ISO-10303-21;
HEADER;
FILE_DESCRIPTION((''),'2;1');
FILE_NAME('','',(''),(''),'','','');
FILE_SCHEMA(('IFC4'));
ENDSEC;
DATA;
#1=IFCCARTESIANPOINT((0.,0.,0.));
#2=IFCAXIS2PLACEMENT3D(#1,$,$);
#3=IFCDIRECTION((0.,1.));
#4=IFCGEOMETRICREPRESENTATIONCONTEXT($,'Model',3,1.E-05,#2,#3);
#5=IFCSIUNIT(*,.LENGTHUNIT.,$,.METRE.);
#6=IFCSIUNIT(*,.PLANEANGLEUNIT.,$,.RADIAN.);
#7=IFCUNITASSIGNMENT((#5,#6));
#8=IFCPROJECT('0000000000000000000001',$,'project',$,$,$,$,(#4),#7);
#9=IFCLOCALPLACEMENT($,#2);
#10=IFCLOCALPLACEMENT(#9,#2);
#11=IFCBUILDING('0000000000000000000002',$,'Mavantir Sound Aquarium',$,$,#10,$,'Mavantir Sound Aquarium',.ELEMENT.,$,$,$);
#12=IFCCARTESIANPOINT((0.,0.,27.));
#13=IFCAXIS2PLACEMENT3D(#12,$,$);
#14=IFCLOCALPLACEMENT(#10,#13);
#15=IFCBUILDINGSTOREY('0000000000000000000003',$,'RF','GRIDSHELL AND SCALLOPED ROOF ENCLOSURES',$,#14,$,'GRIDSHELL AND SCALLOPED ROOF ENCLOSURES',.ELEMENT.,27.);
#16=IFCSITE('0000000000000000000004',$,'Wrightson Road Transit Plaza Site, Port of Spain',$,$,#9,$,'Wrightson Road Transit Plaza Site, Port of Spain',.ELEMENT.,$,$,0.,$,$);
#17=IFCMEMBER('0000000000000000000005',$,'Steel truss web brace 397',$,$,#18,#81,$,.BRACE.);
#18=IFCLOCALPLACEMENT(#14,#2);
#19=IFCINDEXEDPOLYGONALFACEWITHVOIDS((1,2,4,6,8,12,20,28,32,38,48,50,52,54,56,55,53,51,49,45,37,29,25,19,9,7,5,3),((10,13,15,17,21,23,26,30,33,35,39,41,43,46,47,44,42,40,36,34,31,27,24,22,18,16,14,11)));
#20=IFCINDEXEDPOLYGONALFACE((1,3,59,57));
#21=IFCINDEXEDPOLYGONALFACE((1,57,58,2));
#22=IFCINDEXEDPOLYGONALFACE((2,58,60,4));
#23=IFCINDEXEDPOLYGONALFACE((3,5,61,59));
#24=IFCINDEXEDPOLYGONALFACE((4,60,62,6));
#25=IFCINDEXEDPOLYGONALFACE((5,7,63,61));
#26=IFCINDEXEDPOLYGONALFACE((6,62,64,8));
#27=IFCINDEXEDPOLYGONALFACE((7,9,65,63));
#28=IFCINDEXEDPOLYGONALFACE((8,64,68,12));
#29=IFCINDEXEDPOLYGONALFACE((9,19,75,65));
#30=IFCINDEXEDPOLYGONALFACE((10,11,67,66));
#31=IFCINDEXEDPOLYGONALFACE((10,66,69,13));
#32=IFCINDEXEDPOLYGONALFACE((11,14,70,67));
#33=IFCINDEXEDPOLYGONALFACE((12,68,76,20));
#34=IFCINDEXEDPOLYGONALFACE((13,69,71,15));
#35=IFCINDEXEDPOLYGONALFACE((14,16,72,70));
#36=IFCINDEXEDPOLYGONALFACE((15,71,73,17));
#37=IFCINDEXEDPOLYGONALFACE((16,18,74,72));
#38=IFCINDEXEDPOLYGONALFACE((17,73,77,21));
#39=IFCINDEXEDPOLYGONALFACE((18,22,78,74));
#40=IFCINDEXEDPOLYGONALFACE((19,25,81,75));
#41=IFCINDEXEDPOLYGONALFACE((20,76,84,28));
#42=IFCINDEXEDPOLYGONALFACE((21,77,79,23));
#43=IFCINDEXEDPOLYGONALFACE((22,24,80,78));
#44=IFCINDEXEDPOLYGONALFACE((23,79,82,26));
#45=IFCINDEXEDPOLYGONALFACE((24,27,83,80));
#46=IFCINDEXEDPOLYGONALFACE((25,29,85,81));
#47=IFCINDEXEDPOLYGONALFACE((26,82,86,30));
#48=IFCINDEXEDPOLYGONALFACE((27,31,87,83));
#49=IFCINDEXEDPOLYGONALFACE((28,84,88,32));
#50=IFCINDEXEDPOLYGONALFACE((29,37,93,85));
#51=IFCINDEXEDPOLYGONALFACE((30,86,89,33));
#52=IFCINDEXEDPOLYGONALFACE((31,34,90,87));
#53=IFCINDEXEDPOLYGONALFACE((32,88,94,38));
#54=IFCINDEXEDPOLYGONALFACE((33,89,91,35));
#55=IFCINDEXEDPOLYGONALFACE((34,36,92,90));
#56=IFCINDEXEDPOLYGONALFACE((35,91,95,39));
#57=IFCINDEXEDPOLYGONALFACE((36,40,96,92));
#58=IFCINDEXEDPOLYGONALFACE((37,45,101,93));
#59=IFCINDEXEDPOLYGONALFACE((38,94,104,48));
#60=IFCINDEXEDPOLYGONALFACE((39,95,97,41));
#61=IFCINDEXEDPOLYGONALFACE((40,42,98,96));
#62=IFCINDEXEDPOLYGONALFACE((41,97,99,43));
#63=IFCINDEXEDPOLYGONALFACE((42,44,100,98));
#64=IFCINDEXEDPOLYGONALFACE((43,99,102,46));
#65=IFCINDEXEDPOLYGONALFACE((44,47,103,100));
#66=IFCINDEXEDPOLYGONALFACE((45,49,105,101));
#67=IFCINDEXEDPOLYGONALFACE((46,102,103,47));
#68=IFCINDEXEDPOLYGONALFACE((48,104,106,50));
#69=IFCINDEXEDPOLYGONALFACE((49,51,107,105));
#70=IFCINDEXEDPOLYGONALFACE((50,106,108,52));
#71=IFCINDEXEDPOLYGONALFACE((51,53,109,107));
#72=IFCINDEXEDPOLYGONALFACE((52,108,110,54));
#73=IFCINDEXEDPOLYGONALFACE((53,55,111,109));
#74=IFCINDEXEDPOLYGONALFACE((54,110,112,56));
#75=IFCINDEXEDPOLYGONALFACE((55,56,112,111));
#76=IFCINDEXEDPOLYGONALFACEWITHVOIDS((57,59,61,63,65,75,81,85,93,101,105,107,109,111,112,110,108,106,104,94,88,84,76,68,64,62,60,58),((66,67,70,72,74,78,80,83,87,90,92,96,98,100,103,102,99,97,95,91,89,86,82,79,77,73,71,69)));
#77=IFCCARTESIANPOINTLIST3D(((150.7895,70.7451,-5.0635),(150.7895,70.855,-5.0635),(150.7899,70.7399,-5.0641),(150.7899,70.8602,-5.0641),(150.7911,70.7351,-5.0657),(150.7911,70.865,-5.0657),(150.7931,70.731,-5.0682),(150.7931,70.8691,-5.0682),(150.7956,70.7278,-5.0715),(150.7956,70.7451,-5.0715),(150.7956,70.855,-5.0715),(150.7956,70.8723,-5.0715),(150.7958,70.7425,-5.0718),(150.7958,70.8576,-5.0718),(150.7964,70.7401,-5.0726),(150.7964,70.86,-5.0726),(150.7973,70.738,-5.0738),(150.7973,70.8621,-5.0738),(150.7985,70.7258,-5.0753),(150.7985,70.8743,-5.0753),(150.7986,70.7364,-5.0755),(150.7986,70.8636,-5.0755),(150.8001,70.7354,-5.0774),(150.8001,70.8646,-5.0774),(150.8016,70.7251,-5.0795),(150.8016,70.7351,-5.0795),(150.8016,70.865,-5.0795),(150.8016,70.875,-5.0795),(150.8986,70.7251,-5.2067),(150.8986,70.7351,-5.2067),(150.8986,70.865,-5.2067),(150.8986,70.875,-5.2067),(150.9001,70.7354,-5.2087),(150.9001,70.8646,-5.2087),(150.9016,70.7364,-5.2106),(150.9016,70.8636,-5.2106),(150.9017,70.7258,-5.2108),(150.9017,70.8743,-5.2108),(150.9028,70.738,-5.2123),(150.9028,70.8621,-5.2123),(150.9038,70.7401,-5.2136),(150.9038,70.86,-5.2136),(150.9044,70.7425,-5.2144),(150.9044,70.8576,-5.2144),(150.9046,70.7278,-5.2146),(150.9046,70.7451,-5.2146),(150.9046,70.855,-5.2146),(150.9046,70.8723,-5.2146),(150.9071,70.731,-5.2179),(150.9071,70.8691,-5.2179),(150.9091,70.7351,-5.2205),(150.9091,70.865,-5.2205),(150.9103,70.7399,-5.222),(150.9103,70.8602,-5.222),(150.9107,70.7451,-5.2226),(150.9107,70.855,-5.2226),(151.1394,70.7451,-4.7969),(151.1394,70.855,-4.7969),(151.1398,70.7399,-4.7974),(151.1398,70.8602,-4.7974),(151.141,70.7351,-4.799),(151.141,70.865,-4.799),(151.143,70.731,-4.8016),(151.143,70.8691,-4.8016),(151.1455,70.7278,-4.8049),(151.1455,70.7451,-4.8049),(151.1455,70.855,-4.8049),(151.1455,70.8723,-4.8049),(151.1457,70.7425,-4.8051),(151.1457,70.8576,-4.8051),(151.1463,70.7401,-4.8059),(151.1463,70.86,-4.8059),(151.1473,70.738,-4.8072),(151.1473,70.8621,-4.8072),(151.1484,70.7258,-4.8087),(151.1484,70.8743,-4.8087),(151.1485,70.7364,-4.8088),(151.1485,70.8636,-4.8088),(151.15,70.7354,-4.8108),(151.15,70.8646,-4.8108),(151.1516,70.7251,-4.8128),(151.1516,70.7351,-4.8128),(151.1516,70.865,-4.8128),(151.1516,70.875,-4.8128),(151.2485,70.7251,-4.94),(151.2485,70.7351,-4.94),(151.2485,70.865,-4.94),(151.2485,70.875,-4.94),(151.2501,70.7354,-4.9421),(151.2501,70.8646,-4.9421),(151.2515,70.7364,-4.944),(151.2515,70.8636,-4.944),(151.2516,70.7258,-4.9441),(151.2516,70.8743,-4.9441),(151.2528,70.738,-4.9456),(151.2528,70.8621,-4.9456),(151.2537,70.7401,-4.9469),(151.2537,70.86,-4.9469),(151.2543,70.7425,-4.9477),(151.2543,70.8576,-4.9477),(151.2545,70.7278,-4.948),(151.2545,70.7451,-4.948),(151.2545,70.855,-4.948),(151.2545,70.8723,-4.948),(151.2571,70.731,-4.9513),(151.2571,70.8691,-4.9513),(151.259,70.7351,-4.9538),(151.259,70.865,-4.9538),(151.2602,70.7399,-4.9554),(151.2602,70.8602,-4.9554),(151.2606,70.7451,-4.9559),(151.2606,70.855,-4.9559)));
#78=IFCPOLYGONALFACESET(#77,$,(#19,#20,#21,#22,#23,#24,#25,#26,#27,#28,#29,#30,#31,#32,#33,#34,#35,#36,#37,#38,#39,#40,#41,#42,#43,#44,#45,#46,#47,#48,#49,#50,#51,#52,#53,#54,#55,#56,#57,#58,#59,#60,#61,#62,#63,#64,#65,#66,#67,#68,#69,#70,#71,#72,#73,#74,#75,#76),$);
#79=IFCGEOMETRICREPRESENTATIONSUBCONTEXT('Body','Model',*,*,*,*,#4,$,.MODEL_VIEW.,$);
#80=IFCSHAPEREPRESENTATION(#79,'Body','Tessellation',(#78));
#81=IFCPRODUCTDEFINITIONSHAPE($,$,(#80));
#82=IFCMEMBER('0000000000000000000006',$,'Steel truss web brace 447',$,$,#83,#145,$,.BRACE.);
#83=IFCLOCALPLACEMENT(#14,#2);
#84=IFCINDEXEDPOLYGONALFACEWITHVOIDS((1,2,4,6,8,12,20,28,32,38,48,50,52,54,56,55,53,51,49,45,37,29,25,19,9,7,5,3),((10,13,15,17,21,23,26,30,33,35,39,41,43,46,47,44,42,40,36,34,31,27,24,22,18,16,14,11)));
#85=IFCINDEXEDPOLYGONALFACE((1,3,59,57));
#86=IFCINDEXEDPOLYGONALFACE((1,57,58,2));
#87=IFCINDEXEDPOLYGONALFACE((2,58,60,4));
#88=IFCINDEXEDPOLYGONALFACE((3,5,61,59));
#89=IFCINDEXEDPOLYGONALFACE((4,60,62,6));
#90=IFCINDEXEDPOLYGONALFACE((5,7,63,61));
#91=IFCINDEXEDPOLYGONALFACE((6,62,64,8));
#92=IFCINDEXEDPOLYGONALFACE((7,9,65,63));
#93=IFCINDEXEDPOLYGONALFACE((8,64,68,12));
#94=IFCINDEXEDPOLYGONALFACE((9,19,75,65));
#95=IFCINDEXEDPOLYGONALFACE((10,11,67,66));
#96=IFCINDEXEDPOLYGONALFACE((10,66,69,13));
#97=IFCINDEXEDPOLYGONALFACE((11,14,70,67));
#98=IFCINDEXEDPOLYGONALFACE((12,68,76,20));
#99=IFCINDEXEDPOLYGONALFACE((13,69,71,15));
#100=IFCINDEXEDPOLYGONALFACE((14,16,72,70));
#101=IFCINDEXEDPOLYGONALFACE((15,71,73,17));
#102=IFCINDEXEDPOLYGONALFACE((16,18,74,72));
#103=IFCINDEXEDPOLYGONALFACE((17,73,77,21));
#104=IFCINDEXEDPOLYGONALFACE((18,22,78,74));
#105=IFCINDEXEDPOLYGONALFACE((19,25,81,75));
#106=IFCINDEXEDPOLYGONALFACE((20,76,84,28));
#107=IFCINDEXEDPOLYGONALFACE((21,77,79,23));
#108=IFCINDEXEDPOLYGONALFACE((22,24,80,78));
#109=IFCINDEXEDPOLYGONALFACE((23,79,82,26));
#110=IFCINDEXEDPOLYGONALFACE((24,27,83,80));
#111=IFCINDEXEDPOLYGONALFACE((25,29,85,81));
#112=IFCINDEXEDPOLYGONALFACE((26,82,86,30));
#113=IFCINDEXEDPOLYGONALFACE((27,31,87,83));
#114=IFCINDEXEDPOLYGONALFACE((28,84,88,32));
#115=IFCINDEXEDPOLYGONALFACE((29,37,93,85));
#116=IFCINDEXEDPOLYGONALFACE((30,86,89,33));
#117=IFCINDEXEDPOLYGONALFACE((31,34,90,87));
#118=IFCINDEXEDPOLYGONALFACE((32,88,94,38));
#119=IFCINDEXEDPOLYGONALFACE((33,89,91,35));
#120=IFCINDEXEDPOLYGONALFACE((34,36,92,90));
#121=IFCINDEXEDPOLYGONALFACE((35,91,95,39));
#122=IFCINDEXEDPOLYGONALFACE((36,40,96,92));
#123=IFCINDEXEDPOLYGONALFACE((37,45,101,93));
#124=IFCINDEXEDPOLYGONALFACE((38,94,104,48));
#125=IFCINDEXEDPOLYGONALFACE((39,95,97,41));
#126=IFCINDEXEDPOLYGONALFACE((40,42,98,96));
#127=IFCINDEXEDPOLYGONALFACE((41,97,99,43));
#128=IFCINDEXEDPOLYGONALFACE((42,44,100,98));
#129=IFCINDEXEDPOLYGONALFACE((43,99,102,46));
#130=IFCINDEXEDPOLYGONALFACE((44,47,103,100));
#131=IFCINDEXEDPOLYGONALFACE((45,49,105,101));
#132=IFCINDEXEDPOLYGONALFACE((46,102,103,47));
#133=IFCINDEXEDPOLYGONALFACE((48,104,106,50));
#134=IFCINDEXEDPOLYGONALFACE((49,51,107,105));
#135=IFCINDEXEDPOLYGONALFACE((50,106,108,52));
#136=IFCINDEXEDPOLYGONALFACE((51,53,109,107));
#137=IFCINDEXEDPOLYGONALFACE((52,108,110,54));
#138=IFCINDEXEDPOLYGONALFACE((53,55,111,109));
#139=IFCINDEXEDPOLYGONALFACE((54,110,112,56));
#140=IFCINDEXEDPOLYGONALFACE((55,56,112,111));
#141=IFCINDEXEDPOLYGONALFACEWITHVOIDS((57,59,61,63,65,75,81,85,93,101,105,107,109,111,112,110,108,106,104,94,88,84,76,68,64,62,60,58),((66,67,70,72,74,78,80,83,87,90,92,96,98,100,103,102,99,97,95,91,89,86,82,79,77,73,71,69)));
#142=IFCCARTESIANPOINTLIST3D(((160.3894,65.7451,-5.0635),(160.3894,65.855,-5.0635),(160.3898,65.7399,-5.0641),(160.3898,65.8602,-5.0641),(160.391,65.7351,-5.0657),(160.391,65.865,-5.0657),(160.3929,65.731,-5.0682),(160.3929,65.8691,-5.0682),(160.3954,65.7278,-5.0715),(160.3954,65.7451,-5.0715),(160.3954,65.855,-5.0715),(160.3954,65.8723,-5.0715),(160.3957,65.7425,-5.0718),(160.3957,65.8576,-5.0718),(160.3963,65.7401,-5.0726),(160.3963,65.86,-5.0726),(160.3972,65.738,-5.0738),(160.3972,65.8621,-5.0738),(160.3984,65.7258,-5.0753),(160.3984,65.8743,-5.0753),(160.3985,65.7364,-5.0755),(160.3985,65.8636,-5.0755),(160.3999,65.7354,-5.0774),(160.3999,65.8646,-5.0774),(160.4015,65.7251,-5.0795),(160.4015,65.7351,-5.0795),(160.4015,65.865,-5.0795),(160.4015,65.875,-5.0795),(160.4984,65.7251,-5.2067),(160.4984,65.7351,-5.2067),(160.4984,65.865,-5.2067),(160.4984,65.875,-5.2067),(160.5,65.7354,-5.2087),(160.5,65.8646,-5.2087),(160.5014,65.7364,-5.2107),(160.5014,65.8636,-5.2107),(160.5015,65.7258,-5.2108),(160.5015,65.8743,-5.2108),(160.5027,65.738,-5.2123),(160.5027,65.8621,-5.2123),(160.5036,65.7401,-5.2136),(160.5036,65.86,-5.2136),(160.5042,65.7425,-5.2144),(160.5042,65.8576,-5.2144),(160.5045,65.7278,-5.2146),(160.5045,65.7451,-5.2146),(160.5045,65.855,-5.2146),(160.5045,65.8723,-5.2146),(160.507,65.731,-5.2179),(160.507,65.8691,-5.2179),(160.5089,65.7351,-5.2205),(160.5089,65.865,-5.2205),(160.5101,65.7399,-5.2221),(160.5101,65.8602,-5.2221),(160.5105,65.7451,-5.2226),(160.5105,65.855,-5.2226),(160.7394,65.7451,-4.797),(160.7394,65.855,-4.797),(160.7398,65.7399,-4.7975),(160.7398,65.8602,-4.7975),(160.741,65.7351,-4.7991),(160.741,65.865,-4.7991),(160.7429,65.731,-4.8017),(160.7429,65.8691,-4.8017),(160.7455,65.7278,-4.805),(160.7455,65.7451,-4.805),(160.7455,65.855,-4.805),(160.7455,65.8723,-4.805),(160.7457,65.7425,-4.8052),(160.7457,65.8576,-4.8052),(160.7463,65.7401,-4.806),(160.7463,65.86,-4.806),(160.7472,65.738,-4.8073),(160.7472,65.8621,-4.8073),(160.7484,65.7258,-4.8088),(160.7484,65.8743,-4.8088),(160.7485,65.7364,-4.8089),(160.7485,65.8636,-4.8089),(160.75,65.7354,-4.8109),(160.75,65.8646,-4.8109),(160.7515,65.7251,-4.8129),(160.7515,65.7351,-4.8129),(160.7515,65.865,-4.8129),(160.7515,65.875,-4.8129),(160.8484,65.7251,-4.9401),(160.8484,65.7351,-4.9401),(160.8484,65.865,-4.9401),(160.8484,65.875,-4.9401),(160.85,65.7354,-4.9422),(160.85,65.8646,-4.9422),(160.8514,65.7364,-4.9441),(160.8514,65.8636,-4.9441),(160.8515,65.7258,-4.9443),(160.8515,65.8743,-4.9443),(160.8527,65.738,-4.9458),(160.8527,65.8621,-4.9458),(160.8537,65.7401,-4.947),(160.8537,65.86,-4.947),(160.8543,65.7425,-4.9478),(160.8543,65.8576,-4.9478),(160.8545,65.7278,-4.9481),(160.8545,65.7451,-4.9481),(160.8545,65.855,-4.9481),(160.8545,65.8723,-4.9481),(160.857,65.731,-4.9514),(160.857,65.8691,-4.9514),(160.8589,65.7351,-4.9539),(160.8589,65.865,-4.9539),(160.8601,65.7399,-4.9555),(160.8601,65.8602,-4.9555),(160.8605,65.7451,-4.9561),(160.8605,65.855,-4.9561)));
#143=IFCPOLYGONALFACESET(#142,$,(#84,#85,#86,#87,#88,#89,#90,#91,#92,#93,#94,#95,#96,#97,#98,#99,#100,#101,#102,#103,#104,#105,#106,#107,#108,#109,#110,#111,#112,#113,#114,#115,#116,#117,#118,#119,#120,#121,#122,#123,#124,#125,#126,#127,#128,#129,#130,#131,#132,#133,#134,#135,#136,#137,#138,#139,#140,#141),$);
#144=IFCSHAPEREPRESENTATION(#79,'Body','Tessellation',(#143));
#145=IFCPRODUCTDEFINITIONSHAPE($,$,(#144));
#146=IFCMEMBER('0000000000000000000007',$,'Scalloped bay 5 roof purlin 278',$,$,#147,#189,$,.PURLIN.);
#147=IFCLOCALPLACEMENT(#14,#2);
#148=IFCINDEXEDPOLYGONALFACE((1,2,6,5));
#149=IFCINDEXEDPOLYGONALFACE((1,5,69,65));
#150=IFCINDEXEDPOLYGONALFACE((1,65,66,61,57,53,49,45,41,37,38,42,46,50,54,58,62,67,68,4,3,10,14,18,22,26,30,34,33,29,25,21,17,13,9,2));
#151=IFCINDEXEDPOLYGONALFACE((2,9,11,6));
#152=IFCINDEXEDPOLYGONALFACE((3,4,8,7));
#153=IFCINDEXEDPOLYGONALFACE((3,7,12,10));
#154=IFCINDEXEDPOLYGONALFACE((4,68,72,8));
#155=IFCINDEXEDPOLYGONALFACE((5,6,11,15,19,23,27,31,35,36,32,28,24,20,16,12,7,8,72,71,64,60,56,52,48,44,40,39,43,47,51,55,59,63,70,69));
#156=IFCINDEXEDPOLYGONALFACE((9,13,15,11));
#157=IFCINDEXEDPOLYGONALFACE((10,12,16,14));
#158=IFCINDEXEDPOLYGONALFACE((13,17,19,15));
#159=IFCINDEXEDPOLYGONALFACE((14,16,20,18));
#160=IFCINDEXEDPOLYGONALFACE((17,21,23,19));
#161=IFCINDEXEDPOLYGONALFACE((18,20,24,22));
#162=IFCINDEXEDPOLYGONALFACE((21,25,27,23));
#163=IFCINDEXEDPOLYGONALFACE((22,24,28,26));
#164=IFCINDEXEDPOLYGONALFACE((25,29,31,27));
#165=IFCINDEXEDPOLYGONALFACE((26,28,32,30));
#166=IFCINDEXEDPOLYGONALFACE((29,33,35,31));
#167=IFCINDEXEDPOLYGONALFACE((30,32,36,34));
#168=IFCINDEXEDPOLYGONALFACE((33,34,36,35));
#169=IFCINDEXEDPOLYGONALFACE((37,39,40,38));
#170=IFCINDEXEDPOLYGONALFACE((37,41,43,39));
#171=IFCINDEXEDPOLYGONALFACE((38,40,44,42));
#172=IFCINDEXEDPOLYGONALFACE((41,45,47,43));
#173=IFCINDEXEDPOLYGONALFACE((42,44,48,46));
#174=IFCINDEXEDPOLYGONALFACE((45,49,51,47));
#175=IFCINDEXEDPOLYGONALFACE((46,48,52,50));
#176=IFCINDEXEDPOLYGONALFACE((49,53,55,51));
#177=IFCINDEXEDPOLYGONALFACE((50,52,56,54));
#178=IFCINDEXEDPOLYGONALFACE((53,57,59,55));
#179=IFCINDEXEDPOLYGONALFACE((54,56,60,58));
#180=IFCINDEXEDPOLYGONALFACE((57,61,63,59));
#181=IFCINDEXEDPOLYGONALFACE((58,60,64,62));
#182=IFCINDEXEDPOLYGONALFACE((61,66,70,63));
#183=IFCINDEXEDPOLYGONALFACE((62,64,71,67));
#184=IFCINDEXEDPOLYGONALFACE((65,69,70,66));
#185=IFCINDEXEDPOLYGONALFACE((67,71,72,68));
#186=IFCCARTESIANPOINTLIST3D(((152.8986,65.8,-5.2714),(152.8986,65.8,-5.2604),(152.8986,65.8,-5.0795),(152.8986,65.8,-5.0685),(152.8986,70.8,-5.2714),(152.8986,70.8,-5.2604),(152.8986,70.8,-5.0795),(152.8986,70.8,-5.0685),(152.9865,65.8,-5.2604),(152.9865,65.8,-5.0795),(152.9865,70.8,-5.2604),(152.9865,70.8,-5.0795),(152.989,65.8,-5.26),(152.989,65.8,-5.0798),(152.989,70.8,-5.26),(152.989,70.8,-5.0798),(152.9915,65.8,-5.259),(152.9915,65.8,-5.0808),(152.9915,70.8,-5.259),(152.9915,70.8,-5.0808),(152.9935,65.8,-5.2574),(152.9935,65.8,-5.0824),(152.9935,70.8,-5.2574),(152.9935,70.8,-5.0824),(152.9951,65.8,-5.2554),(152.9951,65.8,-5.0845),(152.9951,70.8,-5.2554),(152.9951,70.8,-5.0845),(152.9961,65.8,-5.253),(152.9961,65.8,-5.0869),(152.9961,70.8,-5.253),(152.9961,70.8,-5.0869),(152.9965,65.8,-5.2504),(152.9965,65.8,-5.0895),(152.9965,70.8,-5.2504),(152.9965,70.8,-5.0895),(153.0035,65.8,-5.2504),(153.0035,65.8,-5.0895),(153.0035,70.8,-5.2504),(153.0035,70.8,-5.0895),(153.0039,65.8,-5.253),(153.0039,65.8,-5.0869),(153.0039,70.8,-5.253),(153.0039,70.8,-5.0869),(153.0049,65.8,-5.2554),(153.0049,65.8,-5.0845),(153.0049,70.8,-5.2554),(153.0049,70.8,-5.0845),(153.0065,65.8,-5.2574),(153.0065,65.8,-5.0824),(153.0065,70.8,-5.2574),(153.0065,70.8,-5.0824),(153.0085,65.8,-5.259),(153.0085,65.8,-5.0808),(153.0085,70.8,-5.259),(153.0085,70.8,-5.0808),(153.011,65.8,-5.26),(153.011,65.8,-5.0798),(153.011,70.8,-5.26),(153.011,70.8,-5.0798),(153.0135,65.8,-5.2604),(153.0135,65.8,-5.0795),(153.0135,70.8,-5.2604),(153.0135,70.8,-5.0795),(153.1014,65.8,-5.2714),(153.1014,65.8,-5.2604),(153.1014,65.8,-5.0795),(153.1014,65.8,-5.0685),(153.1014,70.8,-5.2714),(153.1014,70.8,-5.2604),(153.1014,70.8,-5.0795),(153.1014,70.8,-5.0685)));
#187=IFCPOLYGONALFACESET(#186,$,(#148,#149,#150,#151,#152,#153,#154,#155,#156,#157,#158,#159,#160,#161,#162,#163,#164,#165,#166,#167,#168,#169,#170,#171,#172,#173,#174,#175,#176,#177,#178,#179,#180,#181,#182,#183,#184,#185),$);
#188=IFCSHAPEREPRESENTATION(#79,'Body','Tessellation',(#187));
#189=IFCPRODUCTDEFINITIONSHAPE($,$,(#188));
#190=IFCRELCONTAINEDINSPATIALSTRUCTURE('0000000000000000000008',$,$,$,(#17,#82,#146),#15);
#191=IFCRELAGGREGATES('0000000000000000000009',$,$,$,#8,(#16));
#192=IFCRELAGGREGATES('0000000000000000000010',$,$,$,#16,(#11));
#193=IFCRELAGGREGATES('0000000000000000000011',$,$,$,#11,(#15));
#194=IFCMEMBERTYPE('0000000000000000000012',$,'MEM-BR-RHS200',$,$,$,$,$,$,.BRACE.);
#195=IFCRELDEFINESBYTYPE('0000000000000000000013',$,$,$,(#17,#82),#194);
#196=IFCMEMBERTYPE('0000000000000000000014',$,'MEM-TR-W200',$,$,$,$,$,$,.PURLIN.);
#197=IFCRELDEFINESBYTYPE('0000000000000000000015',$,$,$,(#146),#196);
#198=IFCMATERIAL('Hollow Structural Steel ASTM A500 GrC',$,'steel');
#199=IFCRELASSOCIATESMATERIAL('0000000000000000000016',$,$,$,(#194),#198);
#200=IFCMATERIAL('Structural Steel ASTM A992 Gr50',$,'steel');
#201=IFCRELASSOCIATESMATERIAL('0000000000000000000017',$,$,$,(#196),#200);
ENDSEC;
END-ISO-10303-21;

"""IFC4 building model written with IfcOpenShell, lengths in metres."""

from ifc_helpers import new_model, si_unit, direction, frame, origin, origin_2d, place, context, subcontext, project, spatial, hollow_rectangle, i_section, extrude, material, material_profile, profile_set, type_object, element, save


model = new_model("IFC4")

# Units and contexts
model_context = context("Model", 3, precision=1e-05, world=origin(), true_north=direction((0.0, 1.0)))
body_context = subcontext(model_context, "Body", "Model", "MODEL_VIEW")
ifc_project = project(units=[si_unit("LENGTHUNIT", "METRE"), si_unit("PLANEANGLEUNIT", "RADIAN")], contexts=[model_context])

# Site, building, storey
site_placement = place(None, origin())
site = spatial("IfcSite", under=ifc_project, at=site_placement, Name="Wrightson Road Transit Plaza Site, Port of Spain", LongName="Wrightson Road Transit Plaza Site, Port of Spain", CompositionType="ELEMENT", RefElevation=0.0)
building_placement = place(site_placement, origin())
building = spatial("IfcBuilding", under=site, at=building_placement, Name="Mavantir Sound Aquarium", LongName="Mavantir Sound Aquarium", CompositionType="ELEMENT")
storey_placement = place(building_placement, frame((0.0, 0.0, 27.0)))
storey = spatial("IfcBuildingStorey", under=building, at=storey_placement, Name="RF", Description="GRIDSHELL AND SCALLOPED ROOF ENCLOSURES", LongName="GRIDSHELL AND SCALLOPED ROOF ENCLOSURES", CompositionType="ELEMENT", Elevation=27.0)

# Shared definitions
ifc_material_1 = material(Name="Structural Steel ASTM A992 Gr50", Category="steel")

# Members
ifc_material_2 = material(Name="Hollow Structural Steel ASTM A500 GrC", Category="steel")
ifc_material_profile_1 = material_profile(ifc_material_2, hollow_rectangle(XDim=0.1499, YDim=0.2, WallThickness=0.01, InnerFilletRadius=0.01, OuterFilletRadius=0.02, at=origin_2d()), Name="RHS 200X150X10")
ifc_profile_set_1 = profile_set([ifc_material_profile_1], Name="Hollow Structural Steel ASTM A500 GrC")
member_type_1 = type_object("IfcMemberType", Name="MEM-BR-RHS200", PredefinedType="BRACE", material=ifc_profile_set_1)
for number, where, z_axis, x_axis, name in (
    (1, (150.8501, 70.8, -5.1431), (0.795381, 0.0, 0.60611), (0.0, 1.0, 0.0), "Steel truss web brace 397"),
    (2, (160.45, 65.8, -5.1431), (0.795585, 0.0, 0.605843), (0.0, 1.0, 0.0), "Steel truss web brace 447"),
):
    element("IfcMember", number, at=place(storey_placement, frame(where, z_axis=z_axis, x_axis=x_axis)), inside=storey, type_object=member_type_1, Name=name, PredefinedType="BRACE", context=body_context, shape_type="SweptSolid", body=[
        extrude(hollow_rectangle(XDim=0.1499, YDim=0.2, WallThickness=0.01, InnerFilletRadius=0.01, OuterFilletRadius=0.02, at=origin_2d()), origin(), (0.0, 0.0, 1.0), 0.4399),
    ])
ifc_material_profile_2 = material_profile(ifc_material_1, i_section(OverallWidth=0.2029, OverallDepth=0.2029, WebThickness=0.0071, FlangeThickness=0.011, FilletRadius=0.01, at=origin_2d()), Name="W200X46")
ifc_profile_set_2 = profile_set([ifc_material_profile_2], Name="Structural Steel ASTM A992 Gr50")
member_type_2 = type_object("IfcMemberType", Name="MEM-TR-W200", PredefinedType="PURLIN", material=ifc_profile_set_2)
for number, where, z_axis, x_axis, name in (
    (3, (153.0, 65.8, -5.1699), (0.0, 1.0, 0.0), (-1.0, 0.0, 0.0), "Scalloped bay 5 roof purlin 278"),
):
    element("IfcMember", number, at=place(storey_placement, frame(where, z_axis=z_axis, x_axis=x_axis)), inside=storey, type_object=member_type_2, Name=name, PredefinedType="PURLIN", context=body_context, shape_type="SweptSolid", body=[
        extrude(i_section(OverallWidth=0.2029, OverallDepth=0.2029, WebThickness=0.0071, FlangeThickness=0.011, FilletRadius=0.01, at=origin_2d()), origin(), (0.0, 0.0, 1.0), 5.0),
    ])

save(model, "model.ifc")
